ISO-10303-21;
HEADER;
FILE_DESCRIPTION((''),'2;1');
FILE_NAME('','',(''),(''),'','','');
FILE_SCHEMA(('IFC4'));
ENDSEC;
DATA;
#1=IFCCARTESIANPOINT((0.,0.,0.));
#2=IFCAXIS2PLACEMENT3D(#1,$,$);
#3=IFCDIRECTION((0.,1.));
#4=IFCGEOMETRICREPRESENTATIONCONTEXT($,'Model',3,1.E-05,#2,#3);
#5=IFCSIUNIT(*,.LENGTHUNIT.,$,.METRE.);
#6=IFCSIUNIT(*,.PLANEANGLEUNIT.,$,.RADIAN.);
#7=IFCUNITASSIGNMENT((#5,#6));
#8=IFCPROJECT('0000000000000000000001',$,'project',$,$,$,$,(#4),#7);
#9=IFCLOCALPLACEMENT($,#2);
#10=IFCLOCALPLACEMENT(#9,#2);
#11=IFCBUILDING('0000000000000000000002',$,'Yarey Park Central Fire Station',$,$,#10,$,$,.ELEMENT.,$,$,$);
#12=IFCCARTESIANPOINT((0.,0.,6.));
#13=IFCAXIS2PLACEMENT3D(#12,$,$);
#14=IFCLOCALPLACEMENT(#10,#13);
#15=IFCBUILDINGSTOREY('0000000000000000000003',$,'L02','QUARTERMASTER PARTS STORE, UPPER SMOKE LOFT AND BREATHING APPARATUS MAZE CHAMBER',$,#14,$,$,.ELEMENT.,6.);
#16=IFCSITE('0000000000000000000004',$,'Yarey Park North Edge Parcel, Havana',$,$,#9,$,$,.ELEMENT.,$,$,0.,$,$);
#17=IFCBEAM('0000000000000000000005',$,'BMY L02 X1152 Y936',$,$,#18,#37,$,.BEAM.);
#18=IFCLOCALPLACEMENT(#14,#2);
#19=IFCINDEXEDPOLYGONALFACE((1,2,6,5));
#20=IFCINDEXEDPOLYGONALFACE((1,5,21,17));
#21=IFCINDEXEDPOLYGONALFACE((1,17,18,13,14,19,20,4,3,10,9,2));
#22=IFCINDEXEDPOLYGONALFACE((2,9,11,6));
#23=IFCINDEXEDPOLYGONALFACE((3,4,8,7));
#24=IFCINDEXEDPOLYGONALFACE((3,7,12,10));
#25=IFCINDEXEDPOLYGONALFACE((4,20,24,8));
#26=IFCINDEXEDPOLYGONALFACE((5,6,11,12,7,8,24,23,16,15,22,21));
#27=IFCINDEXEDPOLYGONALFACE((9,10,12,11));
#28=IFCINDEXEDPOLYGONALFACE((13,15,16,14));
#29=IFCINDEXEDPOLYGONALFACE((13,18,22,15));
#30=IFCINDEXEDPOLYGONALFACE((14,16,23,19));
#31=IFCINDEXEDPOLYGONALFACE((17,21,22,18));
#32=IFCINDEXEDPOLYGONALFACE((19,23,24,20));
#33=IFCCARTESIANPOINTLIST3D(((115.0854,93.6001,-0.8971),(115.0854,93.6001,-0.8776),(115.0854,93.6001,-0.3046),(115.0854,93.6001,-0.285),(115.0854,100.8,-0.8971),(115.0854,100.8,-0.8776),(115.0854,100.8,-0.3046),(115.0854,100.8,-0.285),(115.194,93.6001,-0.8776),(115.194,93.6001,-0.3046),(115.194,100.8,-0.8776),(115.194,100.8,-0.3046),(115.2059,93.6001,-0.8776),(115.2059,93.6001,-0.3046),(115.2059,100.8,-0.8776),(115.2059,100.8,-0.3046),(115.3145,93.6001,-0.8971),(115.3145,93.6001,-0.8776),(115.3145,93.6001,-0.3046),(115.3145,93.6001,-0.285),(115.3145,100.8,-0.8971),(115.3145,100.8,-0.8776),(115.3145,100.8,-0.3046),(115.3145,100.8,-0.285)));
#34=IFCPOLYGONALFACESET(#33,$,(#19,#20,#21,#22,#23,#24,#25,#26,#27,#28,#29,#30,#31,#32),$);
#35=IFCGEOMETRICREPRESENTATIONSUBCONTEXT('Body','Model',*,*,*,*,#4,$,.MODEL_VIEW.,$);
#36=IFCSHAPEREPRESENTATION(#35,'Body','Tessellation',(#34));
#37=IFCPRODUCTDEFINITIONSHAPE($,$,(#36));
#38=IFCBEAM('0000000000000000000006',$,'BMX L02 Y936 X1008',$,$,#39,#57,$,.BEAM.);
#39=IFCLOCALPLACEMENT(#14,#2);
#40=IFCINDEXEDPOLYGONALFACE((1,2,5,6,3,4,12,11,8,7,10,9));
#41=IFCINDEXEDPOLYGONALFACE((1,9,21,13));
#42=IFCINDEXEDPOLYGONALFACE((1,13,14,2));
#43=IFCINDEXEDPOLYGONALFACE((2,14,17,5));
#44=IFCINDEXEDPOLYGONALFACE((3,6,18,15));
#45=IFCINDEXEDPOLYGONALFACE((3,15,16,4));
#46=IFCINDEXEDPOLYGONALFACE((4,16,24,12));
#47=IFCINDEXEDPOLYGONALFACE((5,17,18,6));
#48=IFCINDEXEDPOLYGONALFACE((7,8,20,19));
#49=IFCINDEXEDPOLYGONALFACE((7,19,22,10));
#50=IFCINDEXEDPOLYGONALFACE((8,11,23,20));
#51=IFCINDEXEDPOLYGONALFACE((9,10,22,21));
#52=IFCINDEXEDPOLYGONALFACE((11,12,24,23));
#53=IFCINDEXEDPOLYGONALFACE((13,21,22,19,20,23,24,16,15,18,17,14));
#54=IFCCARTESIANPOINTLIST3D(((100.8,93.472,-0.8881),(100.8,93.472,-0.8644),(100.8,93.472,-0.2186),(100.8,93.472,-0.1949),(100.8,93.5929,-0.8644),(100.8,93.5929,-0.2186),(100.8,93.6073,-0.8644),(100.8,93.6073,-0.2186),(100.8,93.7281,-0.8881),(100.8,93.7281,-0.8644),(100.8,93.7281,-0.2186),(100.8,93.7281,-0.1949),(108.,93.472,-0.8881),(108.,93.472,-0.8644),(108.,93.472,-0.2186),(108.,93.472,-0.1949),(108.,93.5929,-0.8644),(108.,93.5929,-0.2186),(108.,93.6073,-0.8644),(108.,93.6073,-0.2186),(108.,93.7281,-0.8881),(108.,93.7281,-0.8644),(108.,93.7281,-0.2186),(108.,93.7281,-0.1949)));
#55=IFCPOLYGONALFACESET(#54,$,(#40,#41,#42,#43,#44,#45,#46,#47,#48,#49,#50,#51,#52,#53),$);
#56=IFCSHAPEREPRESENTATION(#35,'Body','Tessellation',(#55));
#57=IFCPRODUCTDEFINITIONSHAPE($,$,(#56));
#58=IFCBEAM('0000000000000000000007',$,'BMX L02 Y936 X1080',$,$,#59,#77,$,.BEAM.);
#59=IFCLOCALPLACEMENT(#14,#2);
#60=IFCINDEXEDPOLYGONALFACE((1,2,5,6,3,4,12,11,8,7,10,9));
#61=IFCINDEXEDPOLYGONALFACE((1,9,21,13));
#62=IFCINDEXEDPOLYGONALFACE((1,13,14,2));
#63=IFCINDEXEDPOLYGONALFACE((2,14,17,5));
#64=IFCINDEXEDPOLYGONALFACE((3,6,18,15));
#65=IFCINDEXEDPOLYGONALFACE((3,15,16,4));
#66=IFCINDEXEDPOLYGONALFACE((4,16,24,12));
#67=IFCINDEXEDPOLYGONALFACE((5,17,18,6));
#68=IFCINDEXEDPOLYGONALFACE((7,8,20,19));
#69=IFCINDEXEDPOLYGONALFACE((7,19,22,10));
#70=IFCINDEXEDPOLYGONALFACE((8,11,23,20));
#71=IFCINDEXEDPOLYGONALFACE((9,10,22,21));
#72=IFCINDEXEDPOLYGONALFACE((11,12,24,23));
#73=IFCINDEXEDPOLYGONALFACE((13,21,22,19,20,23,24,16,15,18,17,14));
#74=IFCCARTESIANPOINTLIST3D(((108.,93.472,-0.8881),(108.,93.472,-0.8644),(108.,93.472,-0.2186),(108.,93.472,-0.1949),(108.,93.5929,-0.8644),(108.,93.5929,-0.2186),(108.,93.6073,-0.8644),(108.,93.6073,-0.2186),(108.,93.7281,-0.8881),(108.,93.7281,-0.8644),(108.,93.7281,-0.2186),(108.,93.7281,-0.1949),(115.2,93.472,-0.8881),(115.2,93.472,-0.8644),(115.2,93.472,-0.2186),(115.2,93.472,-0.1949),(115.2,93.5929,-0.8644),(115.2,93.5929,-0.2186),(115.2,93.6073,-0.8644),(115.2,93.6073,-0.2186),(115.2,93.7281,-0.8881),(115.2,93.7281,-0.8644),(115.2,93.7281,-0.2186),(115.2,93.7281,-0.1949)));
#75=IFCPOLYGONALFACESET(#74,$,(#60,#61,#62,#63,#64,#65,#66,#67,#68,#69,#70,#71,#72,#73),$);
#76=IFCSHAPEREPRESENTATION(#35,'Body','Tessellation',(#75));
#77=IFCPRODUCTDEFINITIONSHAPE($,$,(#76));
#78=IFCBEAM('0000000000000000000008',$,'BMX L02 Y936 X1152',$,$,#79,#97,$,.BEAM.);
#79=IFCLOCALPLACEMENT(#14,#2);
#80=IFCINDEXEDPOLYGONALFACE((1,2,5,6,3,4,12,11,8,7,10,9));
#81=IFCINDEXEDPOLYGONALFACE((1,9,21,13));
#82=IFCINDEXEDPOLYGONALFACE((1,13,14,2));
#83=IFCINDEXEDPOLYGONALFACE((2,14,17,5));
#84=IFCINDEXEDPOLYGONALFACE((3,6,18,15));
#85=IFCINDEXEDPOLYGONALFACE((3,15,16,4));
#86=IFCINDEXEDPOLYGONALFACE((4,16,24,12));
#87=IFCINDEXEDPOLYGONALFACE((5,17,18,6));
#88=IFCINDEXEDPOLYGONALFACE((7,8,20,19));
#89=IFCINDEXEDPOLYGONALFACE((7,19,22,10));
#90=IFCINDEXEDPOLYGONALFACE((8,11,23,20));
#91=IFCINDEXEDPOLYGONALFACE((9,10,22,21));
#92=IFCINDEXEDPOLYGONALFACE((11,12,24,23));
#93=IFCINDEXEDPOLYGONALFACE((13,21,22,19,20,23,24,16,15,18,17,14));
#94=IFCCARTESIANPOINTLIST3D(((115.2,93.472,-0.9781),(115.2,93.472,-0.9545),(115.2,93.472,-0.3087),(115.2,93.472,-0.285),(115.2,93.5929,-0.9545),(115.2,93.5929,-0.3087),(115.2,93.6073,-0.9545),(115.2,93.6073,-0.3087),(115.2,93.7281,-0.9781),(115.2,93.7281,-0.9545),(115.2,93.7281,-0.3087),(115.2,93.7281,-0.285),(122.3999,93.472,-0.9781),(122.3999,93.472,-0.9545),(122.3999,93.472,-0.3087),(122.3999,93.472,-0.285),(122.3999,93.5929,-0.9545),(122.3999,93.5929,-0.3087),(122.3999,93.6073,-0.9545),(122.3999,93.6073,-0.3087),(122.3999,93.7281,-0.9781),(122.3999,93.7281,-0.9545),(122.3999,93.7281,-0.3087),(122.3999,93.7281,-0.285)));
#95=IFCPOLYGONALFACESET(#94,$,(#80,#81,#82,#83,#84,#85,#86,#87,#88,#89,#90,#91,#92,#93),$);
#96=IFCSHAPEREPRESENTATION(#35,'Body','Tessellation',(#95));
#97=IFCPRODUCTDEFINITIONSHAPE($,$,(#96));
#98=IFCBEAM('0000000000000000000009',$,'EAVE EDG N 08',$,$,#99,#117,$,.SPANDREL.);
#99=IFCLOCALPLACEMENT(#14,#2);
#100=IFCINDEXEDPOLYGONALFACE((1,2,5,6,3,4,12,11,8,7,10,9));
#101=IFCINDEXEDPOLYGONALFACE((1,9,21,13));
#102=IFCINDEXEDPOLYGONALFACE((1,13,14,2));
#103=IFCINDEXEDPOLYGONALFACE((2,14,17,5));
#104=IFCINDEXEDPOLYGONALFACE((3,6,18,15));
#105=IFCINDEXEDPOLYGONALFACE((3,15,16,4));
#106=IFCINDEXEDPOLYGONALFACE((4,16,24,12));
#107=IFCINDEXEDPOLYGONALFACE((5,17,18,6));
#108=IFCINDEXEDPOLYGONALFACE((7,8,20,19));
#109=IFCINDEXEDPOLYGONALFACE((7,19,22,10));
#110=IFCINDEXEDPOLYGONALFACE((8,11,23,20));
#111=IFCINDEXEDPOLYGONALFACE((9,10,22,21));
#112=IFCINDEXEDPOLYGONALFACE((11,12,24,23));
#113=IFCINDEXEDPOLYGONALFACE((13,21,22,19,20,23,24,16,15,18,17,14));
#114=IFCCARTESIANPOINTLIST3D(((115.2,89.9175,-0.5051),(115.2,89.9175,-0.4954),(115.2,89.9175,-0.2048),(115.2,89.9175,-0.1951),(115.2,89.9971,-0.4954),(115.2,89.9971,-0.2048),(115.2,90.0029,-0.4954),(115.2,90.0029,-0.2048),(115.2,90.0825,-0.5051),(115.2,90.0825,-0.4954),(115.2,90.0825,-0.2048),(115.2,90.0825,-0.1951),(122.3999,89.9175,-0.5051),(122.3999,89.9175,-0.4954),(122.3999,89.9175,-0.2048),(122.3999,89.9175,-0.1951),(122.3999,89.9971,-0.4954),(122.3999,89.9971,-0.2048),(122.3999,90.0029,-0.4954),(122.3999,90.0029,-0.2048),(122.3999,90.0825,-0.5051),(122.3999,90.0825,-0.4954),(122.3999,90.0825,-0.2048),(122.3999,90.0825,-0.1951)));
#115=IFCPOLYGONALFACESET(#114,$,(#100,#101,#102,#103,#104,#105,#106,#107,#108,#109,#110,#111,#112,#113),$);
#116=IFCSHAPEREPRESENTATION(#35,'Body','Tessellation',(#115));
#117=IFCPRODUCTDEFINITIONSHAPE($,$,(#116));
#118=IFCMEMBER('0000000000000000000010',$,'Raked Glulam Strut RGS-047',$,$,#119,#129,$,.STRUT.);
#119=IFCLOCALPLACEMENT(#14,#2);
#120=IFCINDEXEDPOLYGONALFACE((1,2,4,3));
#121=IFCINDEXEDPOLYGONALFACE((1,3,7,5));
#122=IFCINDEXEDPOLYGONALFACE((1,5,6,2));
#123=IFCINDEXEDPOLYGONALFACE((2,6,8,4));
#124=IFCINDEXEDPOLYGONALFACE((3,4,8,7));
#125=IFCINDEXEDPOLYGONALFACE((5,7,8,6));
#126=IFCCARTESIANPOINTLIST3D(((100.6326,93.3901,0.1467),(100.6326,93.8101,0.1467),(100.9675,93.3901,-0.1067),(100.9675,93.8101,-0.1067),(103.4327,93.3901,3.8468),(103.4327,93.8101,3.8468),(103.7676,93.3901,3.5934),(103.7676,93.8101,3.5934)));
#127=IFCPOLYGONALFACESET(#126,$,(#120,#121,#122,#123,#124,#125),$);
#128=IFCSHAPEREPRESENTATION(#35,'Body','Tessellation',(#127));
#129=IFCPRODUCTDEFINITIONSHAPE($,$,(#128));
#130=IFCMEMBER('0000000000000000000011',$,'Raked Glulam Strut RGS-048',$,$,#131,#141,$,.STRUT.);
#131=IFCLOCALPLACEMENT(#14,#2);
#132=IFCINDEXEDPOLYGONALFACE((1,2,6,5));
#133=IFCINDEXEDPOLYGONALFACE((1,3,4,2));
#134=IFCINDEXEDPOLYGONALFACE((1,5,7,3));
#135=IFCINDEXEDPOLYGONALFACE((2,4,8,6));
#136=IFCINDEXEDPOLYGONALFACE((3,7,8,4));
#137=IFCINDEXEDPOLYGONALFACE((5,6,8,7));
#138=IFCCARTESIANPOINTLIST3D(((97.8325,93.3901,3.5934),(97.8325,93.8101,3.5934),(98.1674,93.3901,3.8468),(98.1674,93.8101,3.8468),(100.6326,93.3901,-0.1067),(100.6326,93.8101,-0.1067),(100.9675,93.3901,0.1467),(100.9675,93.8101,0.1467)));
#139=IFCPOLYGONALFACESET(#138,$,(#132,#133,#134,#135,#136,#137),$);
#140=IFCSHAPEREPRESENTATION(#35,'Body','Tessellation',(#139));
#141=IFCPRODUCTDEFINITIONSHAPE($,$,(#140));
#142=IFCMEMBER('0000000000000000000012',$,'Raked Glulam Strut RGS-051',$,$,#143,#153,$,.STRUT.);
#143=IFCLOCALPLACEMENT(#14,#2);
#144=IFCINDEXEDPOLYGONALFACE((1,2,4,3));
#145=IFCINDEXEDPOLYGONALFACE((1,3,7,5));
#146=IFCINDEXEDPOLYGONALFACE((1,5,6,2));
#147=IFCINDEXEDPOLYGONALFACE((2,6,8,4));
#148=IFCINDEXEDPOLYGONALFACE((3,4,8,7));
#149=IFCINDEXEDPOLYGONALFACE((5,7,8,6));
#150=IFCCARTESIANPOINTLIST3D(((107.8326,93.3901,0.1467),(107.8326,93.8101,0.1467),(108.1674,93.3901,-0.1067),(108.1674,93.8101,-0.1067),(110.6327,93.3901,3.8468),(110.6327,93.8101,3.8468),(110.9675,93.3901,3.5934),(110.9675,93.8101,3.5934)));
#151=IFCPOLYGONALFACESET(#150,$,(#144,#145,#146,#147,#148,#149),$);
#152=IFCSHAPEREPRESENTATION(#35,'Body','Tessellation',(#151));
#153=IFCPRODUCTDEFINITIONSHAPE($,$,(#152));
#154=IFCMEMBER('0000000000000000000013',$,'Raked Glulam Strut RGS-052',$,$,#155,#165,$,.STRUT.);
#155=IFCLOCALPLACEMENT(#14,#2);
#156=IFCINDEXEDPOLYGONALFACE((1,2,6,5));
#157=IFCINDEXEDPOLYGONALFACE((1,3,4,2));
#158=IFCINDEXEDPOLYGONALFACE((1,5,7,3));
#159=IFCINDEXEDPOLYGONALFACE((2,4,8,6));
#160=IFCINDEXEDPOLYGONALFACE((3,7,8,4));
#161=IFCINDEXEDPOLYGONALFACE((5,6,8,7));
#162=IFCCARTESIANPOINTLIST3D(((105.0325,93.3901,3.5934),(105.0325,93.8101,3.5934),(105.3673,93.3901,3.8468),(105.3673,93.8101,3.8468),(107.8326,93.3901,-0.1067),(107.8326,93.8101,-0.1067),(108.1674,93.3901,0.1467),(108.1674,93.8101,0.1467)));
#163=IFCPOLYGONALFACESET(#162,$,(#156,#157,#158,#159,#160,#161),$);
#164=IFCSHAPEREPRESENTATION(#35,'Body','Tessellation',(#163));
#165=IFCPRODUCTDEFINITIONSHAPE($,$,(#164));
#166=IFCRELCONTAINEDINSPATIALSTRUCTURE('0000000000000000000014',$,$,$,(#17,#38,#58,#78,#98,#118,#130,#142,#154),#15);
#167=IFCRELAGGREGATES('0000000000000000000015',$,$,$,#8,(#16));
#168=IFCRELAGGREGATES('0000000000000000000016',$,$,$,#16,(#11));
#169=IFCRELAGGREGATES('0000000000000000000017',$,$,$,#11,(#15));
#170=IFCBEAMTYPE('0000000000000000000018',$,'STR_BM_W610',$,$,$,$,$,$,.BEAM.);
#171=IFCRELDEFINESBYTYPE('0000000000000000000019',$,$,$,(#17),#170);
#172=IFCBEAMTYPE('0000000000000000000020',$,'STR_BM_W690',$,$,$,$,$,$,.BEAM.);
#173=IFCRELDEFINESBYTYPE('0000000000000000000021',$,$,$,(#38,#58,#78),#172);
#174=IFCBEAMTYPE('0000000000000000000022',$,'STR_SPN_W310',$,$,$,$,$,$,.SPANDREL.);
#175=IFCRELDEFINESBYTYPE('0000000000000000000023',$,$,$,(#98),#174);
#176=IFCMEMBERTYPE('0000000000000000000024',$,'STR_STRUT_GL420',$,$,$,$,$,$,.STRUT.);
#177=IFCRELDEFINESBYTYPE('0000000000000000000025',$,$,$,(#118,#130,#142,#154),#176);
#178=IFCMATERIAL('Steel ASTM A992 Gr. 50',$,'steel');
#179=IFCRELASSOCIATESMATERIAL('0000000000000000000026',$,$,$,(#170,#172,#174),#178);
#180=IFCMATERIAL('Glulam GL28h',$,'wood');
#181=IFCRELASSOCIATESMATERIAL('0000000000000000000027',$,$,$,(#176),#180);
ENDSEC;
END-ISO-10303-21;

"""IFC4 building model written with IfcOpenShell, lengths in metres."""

from ifc_helpers import new_model, si_unit, direction, frame, origin, origin_2d, place, context, subcontext, project, spatial, rectangle, i_section, extrude, material, material_profile, profile_set, type_object, element, save


model = new_model("IFC4")

# Units and contexts
model_context = context("Model", 3, precision=1e-05, world=origin(), true_north=direction((0.0, 1.0)))
body_context = subcontext(model_context, "Body", "Model", "MODEL_VIEW")
ifc_project = project(units=[si_unit("LENGTHUNIT", "METRE"), si_unit("PLANEANGLEUNIT", "RADIAN")], contexts=[model_context])

# Site, building, storey
site_placement = place(None, origin())
site = spatial("IfcSite", under=ifc_project, at=site_placement, Name="Yarey Park North Edge Parcel, Havana", CompositionType="ELEMENT", RefElevation=0.0)
building_placement = place(site_placement, origin())
building = spatial("IfcBuilding", under=site, at=building_placement, Name="Yarey Park Central Fire Station", CompositionType="ELEMENT")
storey_placement = place(building_placement, frame((0.0, 0.0, 6.0)))
storey = spatial("IfcBuildingStorey", under=building, at=storey_placement, Name="L02", Description="QUARTERMASTER PARTS STORE, UPPER SMOKE LOFT AND BREATHING APPARATUS MAZE CHAMBER", CompositionType="ELEMENT", Elevation=6.0)

# Shared definitions
ifc_material_1 = material(Name="Steel ASTM A992 Gr. 50", Category="steel")

# Beams
ifc_material_profile_1 = material_profile(ifc_material_1, i_section(OverallWidth=0.229, OverallDepth=0.6121, WebThickness=0.012, FlangeThickness=0.0195, at=origin_2d()), Name="W610x125")
ifc_profile_set_1 = profile_set([ifc_material_profile_1], Name="Steel ASTM A992 Gr. 50")
beam_type_1 = type_object("IfcBeamType", Name="STR_BM_W610", PredefinedType="BEAM", material=ifc_profile_set_1)
beam_1_placement = place(storey_placement, frame((115.2, 93.6001, -0.5911), z_axis=(0.0, 1.0, 0.0), x_axis=(-1.0, 0.0, 0.0)))
element("IfcBeam", 1, at=beam_1_placement, inside=storey, type_object=beam_type_1, Name="BMY L02 X1152 Y936", PredefinedType="BEAM", context=body_context, shape_type="SweptSolid", body=[
    extrude(i_section(OverallWidth=0.229, OverallDepth=0.6121, WebThickness=0.012, FlangeThickness=0.0195, at=origin_2d()), origin(), (0.0, 0.0, 1.0), 7.2),
])
ifc_material_profile_2 = material_profile(ifc_material_1, i_section(OverallWidth=0.2561, OverallDepth=0.6931, WebThickness=0.0144, FlangeThickness=0.0237, at=origin_2d()), Name="W690x170")
ifc_profile_set_2 = profile_set([ifc_material_profile_2], Name="Steel ASTM A992 Gr. 50")
beam_type_2 = type_object("IfcBeamType", Name="STR_BM_W690", PredefinedType="BEAM", material=ifc_profile_set_2)
for number, where, z_axis, x_axis, name in (
    (2, (100.8, 93.6001, -0.5415), (1.0, 0.0, 0.0), (0.0, 1.0, 0.0), "BMX L02 Y936 X1008"),
    (3, (108.0, 93.6001, -0.5415), (1.0, 0.0, 0.0), (0.0, 1.0, 0.0), "BMX L02 Y936 X1080"),
    (4, (115.2, 93.6001, -0.6316), (1.0, 0.0, 0.0), (0.0, 1.0, 0.0), "BMX L02 Y936 X1152"),
):
    element("IfcBeam", number, at=place(storey_placement, frame(where, z_axis=z_axis, x_axis=x_axis)), inside=storey, type_object=beam_type_2, Name=name, PredefinedType="BEAM", context=body_context, shape_type="SweptSolid", body=[
        extrude(i_section(OverallWidth=0.2561, OverallDepth=0.6931, WebThickness=0.0144, FlangeThickness=0.0237, at=origin_2d()), origin(), (0.0, 0.0, 1.0), 7.2),
    ])
ifc_material_profile_3 = material_profile(ifc_material_1, i_section(OverallWidth=0.165, OverallDepth=0.3101, WebThickness=0.0059, FlangeThickness=0.0098, at=origin_2d()), Name="W310x39")
ifc_profile_set_3 = profile_set([ifc_material_profile_3], Name="Steel ASTM A992 Gr. 50")
beam_type_3 = type_object("IfcBeamType", Name="STR_SPN_W310", PredefinedType="SPANDREL", material=ifc_profile_set_3)
beam_2_placement = place(storey_placement, frame((115.2, 90.0, -0.3501), z_axis=(1.0, 0.0, 0.0), x_axis=(0.0, 1.0, 0.0)))
element("IfcBeam", 5, at=beam_2_placement, inside=storey, type_object=beam_type_3, Name="EAVE EDG N 08", PredefinedType="SPANDREL", context=body_context, shape_type="SweptSolid", body=[
    extrude(i_section(OverallWidth=0.165, OverallDepth=0.3101, WebThickness=0.0059, FlangeThickness=0.0098, at=origin_2d()), origin(), (0.0, 0.0, 1.0), 7.2),
])

# Members
ifc_material_2 = material(Name="Glulam GL28h", Category="wood")
ifc_material_profile_4 = material_profile(ifc_material_2, rectangle(XDim=0.4199, YDim=0.4199, at=origin_2d()), Name="GL 420x420")
ifc_profile_set_4 = profile_set([ifc_material_profile_4], Name="Glulam GL28h")
member_type_1 = type_object("IfcMemberType", Name="STR_STRUT_GL420", PredefinedType="STRUT", material=ifc_profile_set_4)
for number, where, z_axis, x_axis, name in (
    (6, (100.8, 93.6001, 0.02), (0.603454, 0.0, 0.797397), (0.0, 1.0, 0.0), "Raked Glulam Strut RGS-047"),
    (7, (100.8, 93.6001, 0.02), (-0.603454, 0.0, 0.797397), (0.0, -1.0, 0.0), "Raked Glulam Strut RGS-048"),
    (8, (108.0, 93.6001, 0.02), (0.603454, 0.0, 0.797397), (0.0, 1.0, 0.0), "Raked Glulam Strut RGS-051"),
    (9, (108.0, 93.6001, 0.02), (-0.603454, 0.0, 0.797397), (0.0, -1.0, 0.0), "Raked Glulam Strut RGS-052"),
):
    element("IfcMember", number, at=place(storey_placement, frame(where, z_axis=z_axis, x_axis=x_axis)), inside=storey, type_object=member_type_1, Name=name, PredefinedType="STRUT", context=body_context, shape_type="SweptSolid", body=[
        extrude(rectangle(XDim=0.4199, YDim=0.4199, at=origin_2d()), origin(), (0.0, 0.0, 1.0), 4.6401),
    ])

save(model, "model.ifc")
